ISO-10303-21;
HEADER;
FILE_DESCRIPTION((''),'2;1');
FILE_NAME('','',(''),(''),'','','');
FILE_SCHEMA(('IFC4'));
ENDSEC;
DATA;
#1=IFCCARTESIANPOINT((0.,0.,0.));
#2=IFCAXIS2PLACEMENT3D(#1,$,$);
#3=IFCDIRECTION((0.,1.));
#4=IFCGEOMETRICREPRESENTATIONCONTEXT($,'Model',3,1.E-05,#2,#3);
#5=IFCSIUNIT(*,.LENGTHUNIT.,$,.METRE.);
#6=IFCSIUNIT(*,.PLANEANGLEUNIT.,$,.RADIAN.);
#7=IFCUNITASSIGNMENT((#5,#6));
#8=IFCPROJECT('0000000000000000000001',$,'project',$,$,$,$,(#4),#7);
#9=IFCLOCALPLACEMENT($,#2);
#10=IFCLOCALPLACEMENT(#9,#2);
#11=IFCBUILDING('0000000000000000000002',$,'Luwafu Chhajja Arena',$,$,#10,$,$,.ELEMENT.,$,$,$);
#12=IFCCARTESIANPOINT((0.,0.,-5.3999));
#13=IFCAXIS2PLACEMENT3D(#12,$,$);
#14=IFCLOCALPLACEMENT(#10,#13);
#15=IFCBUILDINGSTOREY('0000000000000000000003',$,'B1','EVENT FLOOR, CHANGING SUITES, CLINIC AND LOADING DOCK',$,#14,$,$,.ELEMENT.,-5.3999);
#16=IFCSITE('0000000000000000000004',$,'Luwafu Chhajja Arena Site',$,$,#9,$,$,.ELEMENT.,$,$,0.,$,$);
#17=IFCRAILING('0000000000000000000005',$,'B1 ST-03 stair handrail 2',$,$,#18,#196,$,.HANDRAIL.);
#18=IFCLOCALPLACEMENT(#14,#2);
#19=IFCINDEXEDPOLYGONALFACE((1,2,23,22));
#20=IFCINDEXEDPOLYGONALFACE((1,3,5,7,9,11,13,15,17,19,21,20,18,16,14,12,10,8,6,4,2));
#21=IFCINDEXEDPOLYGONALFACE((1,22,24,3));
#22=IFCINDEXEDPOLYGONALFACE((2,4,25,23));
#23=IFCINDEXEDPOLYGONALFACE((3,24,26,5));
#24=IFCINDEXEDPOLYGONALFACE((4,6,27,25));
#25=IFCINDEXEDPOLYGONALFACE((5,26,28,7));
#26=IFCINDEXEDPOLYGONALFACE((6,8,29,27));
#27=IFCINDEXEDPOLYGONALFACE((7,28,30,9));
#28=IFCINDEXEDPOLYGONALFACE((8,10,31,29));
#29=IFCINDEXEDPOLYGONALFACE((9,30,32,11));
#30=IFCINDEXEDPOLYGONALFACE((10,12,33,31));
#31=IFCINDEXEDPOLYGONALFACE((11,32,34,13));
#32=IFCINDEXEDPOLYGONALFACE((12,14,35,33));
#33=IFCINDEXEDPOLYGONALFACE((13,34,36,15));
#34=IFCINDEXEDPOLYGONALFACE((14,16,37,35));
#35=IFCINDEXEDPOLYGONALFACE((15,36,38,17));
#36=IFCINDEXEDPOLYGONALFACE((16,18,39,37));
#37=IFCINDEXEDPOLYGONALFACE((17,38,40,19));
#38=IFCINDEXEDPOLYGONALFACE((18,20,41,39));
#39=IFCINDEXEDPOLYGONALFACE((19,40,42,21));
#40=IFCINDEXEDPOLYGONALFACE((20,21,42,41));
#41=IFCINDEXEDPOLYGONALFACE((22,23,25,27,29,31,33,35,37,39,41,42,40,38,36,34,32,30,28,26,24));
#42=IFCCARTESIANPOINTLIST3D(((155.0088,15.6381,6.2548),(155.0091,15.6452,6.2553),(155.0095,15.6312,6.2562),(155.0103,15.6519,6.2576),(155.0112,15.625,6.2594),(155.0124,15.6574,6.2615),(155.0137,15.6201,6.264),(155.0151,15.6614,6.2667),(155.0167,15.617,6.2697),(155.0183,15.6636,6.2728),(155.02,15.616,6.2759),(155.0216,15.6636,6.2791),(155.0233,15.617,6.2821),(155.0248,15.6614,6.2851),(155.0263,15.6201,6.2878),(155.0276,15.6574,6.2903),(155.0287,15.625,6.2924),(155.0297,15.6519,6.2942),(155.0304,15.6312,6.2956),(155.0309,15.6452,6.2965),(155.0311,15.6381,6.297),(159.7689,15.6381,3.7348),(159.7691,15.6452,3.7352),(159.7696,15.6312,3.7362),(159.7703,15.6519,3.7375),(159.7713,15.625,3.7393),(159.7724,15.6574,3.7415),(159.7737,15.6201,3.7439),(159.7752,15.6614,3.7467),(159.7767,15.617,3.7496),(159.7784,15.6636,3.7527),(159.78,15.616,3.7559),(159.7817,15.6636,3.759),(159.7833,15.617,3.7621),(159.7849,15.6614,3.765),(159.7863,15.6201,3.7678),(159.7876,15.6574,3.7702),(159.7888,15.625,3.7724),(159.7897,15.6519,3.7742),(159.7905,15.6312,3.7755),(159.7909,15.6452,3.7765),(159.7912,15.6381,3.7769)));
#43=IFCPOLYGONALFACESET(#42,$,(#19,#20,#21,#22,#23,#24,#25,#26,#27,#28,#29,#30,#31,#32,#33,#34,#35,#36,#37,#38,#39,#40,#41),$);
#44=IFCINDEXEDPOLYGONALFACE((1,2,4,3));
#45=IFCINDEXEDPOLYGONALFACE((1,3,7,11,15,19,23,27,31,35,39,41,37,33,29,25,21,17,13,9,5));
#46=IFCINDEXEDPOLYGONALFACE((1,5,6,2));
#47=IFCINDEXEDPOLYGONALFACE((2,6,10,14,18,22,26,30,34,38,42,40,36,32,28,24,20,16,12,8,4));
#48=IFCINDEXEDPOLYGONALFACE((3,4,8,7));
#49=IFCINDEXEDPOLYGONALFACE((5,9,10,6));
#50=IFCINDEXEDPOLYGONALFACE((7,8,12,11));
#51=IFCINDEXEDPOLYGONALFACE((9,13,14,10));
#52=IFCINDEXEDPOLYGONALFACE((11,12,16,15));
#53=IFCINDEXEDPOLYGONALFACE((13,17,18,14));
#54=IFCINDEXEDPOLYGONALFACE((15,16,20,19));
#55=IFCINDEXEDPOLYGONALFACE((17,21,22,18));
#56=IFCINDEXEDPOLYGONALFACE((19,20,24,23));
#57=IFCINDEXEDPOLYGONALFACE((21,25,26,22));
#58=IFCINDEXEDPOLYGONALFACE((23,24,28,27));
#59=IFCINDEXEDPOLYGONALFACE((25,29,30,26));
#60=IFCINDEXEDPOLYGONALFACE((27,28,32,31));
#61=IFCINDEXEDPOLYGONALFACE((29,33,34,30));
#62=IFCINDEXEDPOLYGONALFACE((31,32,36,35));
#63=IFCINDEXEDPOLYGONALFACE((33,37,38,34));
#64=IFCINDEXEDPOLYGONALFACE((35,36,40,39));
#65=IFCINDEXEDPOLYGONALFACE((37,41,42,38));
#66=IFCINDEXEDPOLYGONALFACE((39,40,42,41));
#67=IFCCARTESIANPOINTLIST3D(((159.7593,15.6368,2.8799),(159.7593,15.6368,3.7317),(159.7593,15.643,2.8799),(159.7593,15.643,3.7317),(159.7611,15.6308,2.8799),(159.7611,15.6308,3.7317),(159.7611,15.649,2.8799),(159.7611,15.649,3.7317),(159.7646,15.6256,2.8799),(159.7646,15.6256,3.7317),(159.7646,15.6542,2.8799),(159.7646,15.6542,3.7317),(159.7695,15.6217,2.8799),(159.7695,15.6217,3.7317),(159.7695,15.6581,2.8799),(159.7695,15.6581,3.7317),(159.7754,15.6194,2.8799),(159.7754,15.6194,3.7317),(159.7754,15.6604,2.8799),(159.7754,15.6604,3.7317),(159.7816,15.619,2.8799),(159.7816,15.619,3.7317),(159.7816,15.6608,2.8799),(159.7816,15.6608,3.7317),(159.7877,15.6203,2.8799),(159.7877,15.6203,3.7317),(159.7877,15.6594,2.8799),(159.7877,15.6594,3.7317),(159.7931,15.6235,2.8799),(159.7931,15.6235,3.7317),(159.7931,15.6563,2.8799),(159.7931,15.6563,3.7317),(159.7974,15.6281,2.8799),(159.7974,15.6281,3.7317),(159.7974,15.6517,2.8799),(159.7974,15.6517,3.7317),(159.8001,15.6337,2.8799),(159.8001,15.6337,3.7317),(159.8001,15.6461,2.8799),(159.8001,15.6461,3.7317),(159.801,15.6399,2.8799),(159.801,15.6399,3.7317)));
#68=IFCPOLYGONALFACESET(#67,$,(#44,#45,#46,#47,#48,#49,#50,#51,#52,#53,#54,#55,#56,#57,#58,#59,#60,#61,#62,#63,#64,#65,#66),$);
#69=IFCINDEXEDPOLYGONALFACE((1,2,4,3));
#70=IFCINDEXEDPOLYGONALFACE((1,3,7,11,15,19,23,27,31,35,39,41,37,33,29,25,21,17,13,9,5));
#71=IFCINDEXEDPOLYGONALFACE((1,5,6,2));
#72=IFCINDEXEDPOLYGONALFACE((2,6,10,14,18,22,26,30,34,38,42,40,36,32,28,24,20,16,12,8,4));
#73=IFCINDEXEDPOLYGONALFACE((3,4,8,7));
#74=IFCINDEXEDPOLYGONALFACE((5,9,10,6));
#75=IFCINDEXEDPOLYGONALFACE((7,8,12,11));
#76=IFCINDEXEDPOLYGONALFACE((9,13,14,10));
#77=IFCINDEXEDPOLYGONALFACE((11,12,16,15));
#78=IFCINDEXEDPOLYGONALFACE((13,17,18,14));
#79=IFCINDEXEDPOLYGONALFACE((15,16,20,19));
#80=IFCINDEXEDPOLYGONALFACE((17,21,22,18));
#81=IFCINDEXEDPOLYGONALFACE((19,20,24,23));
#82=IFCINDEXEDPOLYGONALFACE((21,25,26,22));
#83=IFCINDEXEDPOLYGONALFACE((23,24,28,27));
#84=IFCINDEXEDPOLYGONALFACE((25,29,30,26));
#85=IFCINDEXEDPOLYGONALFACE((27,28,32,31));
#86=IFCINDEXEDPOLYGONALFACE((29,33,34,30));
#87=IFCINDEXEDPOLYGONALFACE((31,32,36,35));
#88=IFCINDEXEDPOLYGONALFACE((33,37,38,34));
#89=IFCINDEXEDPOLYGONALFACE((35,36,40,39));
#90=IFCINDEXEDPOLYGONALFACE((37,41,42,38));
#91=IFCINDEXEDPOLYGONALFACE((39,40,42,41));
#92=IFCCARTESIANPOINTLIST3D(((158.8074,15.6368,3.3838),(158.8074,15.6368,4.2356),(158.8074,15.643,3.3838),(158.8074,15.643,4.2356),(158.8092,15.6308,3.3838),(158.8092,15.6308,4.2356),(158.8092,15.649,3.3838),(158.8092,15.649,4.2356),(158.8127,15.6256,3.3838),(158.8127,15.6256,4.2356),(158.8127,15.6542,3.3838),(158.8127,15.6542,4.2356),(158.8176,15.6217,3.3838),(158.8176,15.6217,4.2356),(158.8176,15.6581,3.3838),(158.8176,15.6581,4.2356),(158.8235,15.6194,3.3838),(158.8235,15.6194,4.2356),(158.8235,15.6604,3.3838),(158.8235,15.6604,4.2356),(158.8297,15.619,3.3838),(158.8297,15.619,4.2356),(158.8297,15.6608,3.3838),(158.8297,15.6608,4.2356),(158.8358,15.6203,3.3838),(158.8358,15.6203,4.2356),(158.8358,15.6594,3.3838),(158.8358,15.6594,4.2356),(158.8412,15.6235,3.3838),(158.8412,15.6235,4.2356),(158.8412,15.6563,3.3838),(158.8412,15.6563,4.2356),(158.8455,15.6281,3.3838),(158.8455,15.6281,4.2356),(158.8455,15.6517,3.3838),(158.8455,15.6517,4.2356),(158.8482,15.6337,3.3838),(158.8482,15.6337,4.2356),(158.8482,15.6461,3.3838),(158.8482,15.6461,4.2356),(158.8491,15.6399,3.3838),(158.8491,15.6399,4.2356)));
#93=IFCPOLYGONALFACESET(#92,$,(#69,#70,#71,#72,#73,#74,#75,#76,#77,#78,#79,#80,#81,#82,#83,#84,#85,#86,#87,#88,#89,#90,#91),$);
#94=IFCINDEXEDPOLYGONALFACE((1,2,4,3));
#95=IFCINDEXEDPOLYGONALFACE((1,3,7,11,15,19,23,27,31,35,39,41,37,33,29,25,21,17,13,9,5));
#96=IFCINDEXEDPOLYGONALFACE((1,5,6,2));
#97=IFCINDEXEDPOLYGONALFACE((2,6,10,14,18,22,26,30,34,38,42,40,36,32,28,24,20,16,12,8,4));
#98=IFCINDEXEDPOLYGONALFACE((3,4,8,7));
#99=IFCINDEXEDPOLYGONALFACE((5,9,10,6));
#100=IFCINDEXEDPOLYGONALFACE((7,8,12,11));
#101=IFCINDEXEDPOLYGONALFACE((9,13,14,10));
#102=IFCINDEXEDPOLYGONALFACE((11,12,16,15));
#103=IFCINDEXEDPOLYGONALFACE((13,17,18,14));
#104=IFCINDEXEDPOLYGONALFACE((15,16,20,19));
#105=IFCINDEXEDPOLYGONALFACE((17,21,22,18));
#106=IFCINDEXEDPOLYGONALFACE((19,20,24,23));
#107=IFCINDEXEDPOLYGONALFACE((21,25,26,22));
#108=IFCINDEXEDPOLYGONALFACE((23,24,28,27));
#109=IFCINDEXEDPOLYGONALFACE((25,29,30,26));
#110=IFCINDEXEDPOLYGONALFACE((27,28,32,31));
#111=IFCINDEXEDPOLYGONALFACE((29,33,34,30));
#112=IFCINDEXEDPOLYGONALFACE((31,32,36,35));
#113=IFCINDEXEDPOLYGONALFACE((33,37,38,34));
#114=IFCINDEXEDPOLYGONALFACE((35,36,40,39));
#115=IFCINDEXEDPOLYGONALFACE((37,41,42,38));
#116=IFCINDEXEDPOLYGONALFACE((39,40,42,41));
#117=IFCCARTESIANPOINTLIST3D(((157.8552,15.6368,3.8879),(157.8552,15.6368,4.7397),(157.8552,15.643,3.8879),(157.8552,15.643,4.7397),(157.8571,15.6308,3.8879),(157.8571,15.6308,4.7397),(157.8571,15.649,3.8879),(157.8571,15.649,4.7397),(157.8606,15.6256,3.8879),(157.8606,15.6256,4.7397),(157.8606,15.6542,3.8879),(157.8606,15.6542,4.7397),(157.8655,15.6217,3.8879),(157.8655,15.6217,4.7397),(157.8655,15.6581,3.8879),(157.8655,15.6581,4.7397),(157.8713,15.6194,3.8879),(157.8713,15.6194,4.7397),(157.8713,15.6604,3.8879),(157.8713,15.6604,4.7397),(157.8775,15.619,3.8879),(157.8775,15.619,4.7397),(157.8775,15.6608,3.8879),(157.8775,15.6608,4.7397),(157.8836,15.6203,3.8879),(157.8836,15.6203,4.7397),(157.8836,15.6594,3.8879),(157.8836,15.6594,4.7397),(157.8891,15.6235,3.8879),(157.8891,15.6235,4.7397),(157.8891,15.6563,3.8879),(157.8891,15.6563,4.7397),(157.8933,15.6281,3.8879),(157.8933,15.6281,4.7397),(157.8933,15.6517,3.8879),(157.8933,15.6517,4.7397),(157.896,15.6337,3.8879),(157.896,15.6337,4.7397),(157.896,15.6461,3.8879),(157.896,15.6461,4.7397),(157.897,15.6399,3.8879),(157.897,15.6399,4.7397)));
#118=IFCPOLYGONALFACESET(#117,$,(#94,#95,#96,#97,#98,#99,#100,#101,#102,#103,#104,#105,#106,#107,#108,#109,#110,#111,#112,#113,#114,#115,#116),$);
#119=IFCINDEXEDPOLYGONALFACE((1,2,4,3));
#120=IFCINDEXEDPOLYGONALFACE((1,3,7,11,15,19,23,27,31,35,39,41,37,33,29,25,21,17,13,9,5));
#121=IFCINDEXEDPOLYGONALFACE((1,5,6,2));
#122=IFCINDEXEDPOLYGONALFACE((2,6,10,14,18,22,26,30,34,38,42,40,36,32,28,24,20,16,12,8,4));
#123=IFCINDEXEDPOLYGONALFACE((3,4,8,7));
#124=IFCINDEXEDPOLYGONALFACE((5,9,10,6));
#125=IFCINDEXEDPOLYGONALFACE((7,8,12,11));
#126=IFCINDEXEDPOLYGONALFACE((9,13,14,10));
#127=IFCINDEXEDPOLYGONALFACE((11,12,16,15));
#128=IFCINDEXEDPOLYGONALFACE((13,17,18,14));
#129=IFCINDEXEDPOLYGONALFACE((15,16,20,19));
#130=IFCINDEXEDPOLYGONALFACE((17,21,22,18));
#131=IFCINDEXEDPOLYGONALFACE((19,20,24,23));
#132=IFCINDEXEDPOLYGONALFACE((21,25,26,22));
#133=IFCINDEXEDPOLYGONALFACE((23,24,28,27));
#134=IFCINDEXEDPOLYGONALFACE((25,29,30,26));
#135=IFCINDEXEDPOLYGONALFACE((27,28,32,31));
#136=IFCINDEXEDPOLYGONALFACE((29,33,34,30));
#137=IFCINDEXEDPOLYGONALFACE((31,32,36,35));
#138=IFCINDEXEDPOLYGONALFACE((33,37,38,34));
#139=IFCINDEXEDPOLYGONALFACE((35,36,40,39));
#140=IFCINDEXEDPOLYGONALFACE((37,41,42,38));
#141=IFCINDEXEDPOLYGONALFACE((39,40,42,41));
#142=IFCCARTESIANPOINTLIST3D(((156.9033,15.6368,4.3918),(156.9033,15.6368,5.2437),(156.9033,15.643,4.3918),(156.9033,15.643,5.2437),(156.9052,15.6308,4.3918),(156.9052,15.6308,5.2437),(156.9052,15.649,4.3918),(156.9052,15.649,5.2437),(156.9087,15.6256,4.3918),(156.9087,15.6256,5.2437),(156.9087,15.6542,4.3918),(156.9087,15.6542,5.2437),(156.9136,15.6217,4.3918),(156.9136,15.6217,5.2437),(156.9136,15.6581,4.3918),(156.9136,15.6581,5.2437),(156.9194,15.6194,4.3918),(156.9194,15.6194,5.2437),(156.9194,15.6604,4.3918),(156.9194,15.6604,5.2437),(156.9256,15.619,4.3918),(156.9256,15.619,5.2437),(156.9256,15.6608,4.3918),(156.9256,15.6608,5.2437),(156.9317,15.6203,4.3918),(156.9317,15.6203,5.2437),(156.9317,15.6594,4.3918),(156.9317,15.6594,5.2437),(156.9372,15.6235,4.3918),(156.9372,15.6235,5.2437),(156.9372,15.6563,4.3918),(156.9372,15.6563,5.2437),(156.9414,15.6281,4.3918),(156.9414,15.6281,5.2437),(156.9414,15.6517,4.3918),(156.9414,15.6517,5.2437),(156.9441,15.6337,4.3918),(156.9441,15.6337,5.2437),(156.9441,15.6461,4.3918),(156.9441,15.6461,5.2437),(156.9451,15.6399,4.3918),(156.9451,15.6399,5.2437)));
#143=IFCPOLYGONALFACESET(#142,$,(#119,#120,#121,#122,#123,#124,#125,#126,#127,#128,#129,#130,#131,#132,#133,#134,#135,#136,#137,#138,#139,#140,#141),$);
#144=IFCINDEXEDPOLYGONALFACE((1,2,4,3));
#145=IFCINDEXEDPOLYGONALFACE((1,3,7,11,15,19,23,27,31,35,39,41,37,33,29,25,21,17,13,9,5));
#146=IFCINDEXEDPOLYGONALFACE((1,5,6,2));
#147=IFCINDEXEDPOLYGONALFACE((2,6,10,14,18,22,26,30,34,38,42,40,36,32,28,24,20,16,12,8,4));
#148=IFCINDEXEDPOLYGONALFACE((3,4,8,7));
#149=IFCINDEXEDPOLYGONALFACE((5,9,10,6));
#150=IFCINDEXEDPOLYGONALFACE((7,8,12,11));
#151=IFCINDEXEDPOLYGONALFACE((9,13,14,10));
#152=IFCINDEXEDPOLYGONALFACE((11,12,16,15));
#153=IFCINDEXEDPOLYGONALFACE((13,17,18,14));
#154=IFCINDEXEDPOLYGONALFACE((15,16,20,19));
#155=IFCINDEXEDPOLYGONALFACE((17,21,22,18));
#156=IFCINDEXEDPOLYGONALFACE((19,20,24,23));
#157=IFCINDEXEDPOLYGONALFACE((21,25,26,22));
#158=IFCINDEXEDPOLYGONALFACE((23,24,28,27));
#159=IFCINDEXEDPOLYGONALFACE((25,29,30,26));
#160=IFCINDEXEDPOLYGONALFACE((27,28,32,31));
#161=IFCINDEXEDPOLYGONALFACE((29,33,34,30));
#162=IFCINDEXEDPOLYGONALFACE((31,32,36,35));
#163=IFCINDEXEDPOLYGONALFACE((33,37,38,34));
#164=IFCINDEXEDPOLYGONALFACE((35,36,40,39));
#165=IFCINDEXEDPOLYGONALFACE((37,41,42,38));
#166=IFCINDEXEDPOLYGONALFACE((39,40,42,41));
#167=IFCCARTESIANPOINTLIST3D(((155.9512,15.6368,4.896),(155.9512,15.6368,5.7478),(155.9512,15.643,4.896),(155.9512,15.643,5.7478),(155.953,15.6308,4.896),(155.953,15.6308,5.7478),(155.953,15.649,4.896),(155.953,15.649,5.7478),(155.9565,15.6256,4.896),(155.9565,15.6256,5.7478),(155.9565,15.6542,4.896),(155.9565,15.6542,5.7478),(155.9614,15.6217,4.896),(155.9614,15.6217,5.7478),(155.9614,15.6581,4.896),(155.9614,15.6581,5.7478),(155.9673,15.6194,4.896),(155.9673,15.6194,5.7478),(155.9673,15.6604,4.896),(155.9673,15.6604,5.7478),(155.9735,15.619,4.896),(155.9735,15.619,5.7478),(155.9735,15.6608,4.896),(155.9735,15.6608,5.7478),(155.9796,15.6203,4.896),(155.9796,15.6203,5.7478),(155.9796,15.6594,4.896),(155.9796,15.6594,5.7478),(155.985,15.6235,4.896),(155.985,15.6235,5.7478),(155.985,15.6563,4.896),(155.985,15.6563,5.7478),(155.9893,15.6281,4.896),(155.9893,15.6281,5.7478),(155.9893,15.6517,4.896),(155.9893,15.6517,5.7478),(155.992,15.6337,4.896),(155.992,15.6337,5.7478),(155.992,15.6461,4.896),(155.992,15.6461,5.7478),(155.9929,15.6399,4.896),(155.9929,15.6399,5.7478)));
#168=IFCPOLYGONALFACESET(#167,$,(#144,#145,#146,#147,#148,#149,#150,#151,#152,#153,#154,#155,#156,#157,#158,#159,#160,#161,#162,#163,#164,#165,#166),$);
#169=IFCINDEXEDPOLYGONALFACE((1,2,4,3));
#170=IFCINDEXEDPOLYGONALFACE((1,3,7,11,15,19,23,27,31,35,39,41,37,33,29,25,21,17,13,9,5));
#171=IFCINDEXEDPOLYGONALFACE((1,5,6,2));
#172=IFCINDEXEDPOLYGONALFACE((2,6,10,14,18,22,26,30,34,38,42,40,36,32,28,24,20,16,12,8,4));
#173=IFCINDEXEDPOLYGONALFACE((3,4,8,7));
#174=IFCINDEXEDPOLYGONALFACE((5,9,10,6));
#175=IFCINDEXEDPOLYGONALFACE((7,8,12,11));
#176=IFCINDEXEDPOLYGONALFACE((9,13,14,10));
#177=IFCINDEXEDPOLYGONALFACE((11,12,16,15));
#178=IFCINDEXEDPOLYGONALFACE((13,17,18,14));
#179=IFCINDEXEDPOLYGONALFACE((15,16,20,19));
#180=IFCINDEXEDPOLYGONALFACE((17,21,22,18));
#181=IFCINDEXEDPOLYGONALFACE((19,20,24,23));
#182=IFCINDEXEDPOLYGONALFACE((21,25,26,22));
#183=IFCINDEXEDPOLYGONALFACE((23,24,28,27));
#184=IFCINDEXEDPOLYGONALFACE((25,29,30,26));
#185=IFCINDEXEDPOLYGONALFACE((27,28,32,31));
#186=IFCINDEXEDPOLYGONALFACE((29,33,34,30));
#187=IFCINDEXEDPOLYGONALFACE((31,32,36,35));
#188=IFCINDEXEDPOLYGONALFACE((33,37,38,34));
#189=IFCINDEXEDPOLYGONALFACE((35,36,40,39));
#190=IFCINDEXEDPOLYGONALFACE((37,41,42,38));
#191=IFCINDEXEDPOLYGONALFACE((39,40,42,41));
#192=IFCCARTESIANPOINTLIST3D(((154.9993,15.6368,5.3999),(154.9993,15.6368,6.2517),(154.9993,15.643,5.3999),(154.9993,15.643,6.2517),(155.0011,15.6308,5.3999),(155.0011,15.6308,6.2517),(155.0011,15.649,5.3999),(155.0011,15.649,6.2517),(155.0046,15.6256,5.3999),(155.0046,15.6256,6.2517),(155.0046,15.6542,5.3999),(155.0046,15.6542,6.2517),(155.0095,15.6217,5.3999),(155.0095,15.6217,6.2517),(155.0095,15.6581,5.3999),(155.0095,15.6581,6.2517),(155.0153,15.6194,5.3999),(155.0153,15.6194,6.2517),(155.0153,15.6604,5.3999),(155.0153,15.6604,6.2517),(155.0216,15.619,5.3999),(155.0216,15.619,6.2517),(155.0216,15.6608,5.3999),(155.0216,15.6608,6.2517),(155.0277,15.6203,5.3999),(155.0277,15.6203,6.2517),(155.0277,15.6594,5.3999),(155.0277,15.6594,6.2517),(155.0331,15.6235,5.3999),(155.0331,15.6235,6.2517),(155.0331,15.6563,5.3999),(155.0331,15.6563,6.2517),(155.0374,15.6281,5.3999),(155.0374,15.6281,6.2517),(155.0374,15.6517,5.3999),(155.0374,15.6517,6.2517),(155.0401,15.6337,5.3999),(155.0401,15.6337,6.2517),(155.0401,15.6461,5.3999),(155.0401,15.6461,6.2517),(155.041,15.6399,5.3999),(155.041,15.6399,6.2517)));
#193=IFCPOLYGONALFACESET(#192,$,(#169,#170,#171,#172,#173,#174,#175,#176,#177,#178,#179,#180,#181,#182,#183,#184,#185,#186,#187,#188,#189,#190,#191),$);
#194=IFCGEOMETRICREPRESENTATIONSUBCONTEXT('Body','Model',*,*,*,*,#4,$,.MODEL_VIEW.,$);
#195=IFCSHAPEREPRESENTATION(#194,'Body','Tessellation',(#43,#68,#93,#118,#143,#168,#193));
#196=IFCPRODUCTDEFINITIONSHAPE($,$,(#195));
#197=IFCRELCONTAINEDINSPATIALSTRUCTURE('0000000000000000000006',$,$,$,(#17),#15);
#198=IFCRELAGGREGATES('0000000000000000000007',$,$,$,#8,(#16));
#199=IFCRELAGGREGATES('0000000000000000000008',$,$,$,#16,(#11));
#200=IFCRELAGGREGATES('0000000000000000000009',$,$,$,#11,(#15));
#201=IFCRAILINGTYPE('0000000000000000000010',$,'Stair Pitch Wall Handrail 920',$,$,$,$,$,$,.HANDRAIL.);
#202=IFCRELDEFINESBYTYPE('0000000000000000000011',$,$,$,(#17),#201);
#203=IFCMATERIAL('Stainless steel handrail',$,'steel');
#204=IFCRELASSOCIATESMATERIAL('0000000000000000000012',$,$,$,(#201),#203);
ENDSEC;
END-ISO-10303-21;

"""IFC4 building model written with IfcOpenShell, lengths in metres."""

from ifc_helpers import new_model, si_unit, direction, frame, origin, origin_2d, place, context, subcontext, project, spatial, circle, extrude, material, type_object, element, save


model = new_model("IFC4")

# Units and contexts
model_context = context("Model", 3, precision=1e-05, world=origin(), true_north=direction((0.0, 1.0)))
body_context = subcontext(model_context, "Body", "Model", "MODEL_VIEW")
ifc_project = project(units=[si_unit("LENGTHUNIT", "METRE"), si_unit("PLANEANGLEUNIT", "RADIAN")], contexts=[model_context])

# Site, building, storey
site_placement = place(None, origin())
site = spatial("IfcSite", under=ifc_project, at=site_placement, Name="Luwafu Chhajja Arena Site", CompositionType="ELEMENT", RefElevation=0.0)
building_placement = place(site_placement, origin())
building = spatial("IfcBuilding", under=site, at=building_placement, Name="Luwafu Chhajja Arena", CompositionType="ELEMENT")
storey_placement = place(building_placement, frame((0.0, 0.0, -5.3999)))
storey = spatial("IfcBuildingStorey", under=building, at=storey_placement, Name="B1", Description="EVENT FLOOR, CHANGING SUITES, CLINIC AND LOADING DOCK", CompositionType="ELEMENT", Elevation=-5.3999)

# Railing
ifc_material_1 = material(Name="Stainless steel handrail", Category="steel")
railing_type_1 = type_object("IfcRailingType", Name="Stair Pitch Wall Handrail 920", PredefinedType="HANDRAIL", material=ifc_material_1)
railing_1_placement = place(storey_placement, frame((159.78, 15.6399, 2.8799)))
element("IfcRailing", 1, at=railing_1_placement, inside=storey, type_object=railing_type_1, Name="B1 ST-03 stair handrail 2", PredefinedType="HANDRAIL", context=body_context, shape_type="SweptSolid", body=[
    extrude(circle(Radius=0.0239, at=origin_2d()), frame((0.0, 0.0, 0.876), z_axis=(-0.883787, 0.0, 0.46789), x_axis=(0.0, -1.0, 0.0)), (0.0, 0.0, 1.0), 5.386),
    extrude(circle(Radius=0.021, at=origin_2d()), origin(), (0.0, 0.0, 1.0), 0.8518),
    extrude(circle(Radius=0.021, at=origin_2d()), frame((-0.9519, 0.0, 0.5039)), (0.0, 0.0, 1.0), 0.8518),
    extrude(circle(Radius=0.021, at=origin_2d()), frame((-1.9041, 0.0, 1.0081)), (0.0, 0.0, 1.0), 0.8518),
    extrude(circle(Radius=0.021, at=origin_2d()), frame((-2.856, 0.0, 1.512)), (0.0, 0.0, 1.0), 0.8518),
    extrude(circle(Radius=0.021, at=origin_2d()), frame((-3.8081, 0.0, 2.0161)), (0.0, 0.0, 1.0), 0.8518),
    extrude(circle(Radius=0.021, at=origin_2d()), frame((-4.76, 0.0, 2.52)), (0.0, 0.0, 1.0), 0.8518),
])

save(model, "model.ifc")
